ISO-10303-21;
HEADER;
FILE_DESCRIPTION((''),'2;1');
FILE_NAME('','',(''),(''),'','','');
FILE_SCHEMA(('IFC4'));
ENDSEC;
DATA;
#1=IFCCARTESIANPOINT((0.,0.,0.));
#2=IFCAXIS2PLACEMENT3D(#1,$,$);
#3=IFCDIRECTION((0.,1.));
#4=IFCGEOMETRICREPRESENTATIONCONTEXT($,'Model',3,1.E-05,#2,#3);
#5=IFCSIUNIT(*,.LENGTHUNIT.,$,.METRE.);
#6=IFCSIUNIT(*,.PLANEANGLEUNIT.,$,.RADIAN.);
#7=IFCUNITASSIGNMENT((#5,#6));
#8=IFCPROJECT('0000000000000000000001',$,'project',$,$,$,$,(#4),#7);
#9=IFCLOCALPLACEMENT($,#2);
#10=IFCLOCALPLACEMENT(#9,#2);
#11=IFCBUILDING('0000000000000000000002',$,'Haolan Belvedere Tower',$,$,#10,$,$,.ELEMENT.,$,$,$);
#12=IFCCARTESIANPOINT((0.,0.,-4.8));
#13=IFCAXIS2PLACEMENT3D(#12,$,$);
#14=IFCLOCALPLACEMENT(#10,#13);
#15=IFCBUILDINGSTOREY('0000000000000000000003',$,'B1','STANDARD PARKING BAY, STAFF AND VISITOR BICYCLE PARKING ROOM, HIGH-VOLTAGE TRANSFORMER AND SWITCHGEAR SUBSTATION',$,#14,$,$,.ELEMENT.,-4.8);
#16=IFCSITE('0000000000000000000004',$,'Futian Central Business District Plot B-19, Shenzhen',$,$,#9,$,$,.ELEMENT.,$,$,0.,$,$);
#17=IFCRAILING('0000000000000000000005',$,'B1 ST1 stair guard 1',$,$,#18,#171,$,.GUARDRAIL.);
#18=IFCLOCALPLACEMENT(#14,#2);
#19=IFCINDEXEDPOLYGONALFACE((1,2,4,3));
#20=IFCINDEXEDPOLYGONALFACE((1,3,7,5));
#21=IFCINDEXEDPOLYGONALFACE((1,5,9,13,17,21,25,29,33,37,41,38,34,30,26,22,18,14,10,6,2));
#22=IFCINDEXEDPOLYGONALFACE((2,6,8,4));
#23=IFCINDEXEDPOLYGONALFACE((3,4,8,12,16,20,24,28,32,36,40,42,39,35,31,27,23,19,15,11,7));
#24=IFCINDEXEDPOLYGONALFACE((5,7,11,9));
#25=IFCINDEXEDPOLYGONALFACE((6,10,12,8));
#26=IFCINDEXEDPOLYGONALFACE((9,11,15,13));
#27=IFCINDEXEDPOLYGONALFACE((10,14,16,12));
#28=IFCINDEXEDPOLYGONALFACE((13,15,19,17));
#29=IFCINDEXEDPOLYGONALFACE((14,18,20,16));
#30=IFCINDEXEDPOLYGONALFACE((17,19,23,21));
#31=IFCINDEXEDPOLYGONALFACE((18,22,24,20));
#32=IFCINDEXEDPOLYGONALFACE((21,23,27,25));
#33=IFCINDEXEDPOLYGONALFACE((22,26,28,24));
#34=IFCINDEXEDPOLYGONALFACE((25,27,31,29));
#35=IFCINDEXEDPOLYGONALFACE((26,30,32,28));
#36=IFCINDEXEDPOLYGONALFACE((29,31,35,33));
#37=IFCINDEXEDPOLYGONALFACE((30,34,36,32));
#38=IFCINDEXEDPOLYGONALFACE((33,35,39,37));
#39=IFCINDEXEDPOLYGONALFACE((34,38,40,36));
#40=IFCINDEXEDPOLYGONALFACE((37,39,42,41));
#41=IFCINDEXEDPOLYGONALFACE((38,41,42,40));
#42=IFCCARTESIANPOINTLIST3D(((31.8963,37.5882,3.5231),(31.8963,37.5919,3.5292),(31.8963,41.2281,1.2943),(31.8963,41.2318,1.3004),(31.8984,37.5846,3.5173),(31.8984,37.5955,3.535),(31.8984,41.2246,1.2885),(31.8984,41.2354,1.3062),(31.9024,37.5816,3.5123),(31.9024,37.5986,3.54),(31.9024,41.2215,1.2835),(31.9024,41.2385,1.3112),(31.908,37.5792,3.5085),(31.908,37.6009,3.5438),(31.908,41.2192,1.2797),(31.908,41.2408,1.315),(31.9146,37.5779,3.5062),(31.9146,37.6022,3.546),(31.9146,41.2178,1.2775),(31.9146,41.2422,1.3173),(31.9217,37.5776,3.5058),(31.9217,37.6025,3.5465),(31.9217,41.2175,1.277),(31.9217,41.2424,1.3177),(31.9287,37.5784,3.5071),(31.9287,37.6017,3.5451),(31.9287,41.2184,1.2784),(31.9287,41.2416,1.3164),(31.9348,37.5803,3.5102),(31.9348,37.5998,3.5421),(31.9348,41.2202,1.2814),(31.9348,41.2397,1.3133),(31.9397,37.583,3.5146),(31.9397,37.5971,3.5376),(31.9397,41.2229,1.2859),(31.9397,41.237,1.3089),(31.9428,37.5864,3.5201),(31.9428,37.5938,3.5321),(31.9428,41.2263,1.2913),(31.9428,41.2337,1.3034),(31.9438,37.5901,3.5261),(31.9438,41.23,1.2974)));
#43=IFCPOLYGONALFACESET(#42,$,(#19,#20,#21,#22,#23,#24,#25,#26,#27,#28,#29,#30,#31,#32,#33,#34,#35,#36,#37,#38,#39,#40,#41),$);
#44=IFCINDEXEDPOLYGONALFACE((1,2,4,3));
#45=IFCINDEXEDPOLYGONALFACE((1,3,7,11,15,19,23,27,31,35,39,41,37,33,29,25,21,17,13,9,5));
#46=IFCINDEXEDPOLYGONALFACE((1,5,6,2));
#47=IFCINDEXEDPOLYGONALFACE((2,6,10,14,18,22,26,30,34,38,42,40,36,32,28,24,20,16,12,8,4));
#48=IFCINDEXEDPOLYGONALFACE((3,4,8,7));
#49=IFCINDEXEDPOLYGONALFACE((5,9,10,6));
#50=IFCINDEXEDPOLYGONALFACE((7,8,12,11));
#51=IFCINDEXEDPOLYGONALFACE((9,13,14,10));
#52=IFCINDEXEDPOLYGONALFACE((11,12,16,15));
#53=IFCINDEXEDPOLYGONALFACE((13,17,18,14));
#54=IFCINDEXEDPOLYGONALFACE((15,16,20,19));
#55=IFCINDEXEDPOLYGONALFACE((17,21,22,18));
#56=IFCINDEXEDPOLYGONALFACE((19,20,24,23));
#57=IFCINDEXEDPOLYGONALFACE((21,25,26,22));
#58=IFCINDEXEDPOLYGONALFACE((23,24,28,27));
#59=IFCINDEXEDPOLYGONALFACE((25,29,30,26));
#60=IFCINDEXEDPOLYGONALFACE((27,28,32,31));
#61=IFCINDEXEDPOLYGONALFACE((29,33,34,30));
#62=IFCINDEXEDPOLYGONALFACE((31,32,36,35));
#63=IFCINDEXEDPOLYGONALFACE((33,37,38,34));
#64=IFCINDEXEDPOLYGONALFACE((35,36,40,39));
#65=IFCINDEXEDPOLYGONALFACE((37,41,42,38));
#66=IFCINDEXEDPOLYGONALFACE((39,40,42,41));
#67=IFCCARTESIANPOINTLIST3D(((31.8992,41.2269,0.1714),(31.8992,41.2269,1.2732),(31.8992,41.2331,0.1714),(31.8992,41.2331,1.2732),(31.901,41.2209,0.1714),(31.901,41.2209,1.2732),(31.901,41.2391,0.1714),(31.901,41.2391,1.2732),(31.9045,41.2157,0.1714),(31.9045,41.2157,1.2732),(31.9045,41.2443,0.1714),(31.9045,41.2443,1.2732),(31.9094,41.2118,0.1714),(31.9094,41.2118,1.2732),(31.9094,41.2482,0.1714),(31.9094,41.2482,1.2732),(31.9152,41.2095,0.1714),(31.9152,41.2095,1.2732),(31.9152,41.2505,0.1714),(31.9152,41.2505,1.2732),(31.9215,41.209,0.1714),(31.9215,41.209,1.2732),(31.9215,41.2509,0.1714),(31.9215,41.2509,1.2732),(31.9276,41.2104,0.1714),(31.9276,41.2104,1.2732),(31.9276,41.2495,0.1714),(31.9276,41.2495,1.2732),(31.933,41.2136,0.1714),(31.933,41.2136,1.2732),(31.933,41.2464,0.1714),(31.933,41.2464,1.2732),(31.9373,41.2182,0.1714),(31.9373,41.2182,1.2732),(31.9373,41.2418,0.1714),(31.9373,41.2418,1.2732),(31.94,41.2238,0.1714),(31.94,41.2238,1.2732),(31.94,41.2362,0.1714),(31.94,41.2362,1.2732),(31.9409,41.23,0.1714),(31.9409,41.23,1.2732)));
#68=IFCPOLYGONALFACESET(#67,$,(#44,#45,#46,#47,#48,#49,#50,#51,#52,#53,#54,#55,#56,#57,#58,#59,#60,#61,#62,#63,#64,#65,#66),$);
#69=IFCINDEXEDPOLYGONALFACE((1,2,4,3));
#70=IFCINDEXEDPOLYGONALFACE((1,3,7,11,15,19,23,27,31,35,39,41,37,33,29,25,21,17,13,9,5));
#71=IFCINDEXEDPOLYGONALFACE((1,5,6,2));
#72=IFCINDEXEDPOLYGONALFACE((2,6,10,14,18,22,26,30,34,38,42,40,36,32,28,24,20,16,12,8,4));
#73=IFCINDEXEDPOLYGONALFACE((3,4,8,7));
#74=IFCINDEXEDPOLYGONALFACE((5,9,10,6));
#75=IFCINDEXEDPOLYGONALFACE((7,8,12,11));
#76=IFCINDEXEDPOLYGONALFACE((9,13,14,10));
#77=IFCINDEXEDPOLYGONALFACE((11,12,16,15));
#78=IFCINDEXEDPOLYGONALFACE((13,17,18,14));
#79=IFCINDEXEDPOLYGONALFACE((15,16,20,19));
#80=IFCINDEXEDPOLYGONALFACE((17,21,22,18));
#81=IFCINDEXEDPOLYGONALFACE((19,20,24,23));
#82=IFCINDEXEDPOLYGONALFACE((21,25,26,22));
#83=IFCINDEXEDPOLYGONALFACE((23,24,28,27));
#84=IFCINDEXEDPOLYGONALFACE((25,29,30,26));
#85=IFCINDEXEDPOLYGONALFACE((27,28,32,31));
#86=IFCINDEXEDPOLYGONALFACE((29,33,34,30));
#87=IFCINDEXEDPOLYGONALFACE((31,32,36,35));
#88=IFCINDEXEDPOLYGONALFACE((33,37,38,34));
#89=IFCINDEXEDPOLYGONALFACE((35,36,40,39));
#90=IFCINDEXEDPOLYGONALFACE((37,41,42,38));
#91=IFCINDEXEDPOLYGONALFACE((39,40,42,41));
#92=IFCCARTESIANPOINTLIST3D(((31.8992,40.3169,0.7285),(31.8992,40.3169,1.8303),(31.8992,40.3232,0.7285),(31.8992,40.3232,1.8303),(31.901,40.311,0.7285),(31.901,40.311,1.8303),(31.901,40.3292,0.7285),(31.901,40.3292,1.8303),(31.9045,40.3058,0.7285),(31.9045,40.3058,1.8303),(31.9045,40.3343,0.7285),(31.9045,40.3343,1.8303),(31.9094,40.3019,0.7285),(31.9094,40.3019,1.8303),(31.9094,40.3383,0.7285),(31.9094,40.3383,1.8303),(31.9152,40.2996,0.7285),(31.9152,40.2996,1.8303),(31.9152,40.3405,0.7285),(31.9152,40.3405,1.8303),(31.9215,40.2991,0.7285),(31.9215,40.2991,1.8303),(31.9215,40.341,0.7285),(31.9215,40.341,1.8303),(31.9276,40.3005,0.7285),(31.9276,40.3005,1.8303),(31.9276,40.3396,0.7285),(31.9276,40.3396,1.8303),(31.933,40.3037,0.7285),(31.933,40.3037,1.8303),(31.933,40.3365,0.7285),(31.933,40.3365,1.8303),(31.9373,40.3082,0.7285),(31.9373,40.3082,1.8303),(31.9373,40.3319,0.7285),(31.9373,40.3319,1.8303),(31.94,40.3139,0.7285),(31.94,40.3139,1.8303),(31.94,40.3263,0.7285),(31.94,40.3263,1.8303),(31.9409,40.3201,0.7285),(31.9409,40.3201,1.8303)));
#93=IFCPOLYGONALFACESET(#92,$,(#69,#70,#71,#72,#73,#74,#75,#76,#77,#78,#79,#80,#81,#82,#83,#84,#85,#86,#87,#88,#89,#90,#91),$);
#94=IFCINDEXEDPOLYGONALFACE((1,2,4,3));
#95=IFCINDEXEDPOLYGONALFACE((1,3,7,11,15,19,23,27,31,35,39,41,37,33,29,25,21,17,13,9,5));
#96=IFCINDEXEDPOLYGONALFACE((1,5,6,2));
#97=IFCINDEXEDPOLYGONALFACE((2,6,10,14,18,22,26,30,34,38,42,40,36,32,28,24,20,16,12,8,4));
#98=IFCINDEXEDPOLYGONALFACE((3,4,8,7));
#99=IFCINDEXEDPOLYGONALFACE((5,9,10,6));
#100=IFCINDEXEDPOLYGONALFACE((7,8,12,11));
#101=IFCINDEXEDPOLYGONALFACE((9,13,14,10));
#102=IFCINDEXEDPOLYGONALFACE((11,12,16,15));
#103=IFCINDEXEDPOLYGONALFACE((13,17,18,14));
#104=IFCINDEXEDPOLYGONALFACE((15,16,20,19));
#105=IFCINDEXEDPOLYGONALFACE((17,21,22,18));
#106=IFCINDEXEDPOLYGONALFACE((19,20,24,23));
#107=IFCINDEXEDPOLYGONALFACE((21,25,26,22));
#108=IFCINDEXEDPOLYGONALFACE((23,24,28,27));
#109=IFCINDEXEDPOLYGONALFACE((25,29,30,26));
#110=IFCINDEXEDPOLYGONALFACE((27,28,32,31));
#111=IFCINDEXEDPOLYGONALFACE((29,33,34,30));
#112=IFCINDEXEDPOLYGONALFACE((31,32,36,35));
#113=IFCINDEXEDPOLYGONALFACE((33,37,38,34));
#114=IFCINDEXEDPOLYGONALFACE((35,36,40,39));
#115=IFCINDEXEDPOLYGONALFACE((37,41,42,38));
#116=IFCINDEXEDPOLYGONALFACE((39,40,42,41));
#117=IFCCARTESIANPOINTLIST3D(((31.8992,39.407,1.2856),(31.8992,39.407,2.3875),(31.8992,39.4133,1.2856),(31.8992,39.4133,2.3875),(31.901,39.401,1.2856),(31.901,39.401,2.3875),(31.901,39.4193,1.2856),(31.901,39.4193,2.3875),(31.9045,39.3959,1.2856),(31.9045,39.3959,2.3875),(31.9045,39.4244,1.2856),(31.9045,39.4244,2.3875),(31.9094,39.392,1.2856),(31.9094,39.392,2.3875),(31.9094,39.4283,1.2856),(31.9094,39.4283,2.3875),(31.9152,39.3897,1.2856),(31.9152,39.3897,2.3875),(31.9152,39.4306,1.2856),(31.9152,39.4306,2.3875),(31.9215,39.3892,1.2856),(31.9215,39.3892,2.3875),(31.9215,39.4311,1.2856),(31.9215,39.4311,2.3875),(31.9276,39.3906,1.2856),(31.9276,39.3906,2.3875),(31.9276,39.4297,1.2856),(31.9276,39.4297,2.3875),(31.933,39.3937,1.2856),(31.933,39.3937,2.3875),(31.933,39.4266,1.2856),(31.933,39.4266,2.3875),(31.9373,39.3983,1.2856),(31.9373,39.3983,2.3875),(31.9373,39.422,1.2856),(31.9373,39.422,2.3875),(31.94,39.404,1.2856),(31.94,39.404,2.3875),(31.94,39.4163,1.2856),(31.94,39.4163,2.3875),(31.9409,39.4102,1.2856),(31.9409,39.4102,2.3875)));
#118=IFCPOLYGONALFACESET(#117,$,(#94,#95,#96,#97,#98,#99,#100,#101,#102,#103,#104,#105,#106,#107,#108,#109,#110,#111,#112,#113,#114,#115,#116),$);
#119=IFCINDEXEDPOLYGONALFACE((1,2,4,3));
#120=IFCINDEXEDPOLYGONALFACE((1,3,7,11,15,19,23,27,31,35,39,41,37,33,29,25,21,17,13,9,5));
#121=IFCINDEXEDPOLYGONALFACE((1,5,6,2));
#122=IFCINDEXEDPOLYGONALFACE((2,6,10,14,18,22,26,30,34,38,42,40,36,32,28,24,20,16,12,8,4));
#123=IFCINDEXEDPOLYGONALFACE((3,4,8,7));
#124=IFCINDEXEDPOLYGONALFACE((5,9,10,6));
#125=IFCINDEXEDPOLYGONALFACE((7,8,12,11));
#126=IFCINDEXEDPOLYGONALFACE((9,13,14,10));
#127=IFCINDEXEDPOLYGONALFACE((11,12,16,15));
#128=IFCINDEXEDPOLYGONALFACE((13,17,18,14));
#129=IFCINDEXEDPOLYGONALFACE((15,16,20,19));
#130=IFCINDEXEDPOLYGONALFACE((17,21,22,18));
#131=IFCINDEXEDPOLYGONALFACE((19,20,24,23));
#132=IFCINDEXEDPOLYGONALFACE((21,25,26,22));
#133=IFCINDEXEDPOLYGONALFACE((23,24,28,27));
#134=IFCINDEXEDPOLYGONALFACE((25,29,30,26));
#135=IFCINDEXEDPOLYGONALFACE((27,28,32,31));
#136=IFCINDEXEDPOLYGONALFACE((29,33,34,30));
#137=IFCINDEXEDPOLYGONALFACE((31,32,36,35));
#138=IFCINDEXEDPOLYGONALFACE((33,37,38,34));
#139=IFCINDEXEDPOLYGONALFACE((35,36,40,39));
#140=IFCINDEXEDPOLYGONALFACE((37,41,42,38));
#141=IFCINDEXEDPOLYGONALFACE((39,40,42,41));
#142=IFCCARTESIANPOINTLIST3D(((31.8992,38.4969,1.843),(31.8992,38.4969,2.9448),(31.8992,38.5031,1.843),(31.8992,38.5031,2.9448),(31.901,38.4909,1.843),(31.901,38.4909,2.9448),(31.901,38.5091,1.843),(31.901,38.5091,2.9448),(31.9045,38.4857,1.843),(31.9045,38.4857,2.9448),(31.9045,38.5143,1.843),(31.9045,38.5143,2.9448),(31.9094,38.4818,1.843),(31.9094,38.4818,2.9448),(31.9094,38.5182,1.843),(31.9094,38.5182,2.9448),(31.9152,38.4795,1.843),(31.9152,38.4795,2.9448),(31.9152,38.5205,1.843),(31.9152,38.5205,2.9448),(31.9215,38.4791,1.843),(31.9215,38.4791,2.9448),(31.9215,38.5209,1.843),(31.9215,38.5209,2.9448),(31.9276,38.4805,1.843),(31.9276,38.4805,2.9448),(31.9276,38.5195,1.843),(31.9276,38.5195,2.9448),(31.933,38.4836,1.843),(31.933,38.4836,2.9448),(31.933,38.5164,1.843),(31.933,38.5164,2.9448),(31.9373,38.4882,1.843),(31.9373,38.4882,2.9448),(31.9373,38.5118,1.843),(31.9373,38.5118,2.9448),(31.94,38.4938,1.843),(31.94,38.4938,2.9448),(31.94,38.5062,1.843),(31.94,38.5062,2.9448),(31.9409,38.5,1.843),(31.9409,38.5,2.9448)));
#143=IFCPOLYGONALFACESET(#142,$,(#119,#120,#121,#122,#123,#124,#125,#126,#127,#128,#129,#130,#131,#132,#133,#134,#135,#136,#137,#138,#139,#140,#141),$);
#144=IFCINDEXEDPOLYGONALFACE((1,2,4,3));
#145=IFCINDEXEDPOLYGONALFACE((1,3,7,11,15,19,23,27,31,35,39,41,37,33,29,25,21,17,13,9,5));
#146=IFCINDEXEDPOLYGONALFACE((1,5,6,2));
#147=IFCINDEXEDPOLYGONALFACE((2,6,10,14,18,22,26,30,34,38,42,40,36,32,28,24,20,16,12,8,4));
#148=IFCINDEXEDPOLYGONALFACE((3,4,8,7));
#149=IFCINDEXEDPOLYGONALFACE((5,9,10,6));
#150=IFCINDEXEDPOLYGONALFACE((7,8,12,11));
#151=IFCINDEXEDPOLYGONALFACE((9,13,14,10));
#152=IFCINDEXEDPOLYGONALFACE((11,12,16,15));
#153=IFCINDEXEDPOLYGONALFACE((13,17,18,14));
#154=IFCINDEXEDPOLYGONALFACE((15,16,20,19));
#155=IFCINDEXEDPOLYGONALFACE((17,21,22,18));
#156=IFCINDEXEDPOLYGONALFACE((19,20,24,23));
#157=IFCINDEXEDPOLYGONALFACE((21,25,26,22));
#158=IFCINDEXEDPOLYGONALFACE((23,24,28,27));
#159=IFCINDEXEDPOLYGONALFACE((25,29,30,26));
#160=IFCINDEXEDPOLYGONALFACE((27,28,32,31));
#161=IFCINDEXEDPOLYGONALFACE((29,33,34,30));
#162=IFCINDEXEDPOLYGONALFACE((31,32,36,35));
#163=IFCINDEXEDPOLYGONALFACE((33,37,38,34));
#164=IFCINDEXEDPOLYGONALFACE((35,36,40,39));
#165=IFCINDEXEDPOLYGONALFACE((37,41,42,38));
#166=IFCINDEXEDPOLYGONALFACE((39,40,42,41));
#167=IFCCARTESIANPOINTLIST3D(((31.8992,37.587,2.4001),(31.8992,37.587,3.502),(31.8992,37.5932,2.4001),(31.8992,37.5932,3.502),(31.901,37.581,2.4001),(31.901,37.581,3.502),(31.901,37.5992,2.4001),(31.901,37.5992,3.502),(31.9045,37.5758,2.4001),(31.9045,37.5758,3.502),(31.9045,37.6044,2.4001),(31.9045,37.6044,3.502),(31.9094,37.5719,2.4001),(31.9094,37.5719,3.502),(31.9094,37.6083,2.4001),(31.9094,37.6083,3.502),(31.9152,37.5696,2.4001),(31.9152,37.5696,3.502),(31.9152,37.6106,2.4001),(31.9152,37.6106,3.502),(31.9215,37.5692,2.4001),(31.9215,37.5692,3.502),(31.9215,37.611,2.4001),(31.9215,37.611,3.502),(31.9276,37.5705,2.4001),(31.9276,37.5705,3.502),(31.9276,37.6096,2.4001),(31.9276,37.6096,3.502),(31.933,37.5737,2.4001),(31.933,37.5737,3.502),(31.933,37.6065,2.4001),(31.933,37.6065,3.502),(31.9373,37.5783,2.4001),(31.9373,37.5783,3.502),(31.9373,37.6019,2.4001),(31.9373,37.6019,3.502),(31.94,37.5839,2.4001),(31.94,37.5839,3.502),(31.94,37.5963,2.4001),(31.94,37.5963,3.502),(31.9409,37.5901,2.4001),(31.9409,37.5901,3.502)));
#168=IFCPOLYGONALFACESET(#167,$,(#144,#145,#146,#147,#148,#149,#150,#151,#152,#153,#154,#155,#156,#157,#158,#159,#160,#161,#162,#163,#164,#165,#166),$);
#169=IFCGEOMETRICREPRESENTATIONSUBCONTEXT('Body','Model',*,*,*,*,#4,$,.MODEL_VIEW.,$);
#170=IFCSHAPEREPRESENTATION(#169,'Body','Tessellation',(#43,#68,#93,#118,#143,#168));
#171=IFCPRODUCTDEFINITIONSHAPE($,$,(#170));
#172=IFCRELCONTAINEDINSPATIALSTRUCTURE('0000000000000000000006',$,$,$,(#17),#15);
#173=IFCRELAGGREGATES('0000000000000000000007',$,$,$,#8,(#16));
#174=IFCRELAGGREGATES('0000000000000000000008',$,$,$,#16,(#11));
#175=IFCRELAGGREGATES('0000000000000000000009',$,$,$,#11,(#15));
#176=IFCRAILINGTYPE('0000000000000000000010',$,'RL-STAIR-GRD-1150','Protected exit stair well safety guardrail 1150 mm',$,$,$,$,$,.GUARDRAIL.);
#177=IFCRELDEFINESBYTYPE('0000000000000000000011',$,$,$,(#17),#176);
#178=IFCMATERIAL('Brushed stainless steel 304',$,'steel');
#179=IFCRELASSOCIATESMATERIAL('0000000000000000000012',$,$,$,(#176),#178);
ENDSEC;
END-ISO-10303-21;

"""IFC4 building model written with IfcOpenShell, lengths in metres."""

from ifc_helpers import new_model, si_unit, direction, frame, origin, origin_2d, place, context, subcontext, project, spatial, circle, extrude, material, type_object, element, save


model = new_model("IFC4")

# Units and contexts
model_context = context("Model", 3, precision=1e-05, world=origin(), true_north=direction((0.0, 1.0)))
body_context = subcontext(model_context, "Body", "Model", "MODEL_VIEW")
ifc_project = project(units=[si_unit("LENGTHUNIT", "METRE"), si_unit("PLANEANGLEUNIT", "RADIAN")], contexts=[model_context])

# Site, building, storey
site_placement = place(None, origin())
site = spatial("IfcSite", under=ifc_project, at=site_placement, Name="Futian Central Business District Plot B-19, Shenzhen", CompositionType="ELEMENT", RefElevation=0.0)
building_placement = place(site_placement, origin())
building = spatial("IfcBuilding", under=site, at=building_placement, Name="Haolan Belvedere Tower", CompositionType="ELEMENT")
storey_placement = place(building_placement, frame((0.0, 0.0, -4.8)))
storey = spatial("IfcBuildingStorey", under=building, at=storey_placement, Name="B1", Description="STANDARD PARKING BAY, STAFF AND VISITOR BICYCLE PARKING ROOM, HIGH-VOLTAGE TRANSFORMER AND SWITCHGEAR SUBSTATION", CompositionType="ELEMENT", Elevation=-4.8)

# Railing
ifc_material_1 = material(Name="Brushed stainless steel 304", Category="steel")
railing_type_1 = type_object("IfcRailingType", Name="RL-STAIR-GRD-1150", Description="Protected exit stair well safety guardrail 1150 mm", PredefinedType="GUARDRAIL", material=ifc_material_1)
railing_1_placement = place(storey_placement, frame((31.9199, 41.23, 0.1714)))
element("IfcRailing", 1, at=railing_1_placement, inside=storey, type_object=railing_type_1, Name="B1 ST1 stair guard 1", PredefinedType="GUARDRAIL", context=body_context, shape_type="SweptSolid", body=[
    extrude(circle(Radius=0.0239, at=origin_2d()), frame((0.0, 0.0, 1.126), z_axis=(0.0, -0.852825, 0.522197), x_axis=(1.0, 0.0, 0.0)), (0.0, 0.0, 1.0), 4.2681),
    extrude(circle(Radius=0.021, at=origin_2d()), origin(), (0.0, 0.0, 1.0), 1.1018),
    extrude(circle(Radius=0.021, at=origin_2d()), frame((0.0, -0.9099, 0.5571)), (0.0, 0.0, 1.0), 1.1018),
    extrude(circle(Radius=0.021, at=origin_2d()), frame((0.0, -1.8198, 1.1143)), (0.0, 0.0, 1.0), 1.1018),
    extrude(circle(Radius=0.021, at=origin_2d()), frame((0.0, -2.73, 1.6716)), (0.0, 0.0, 1.0), 1.1018),
    extrude(circle(Radius=0.021, at=origin_2d()), frame((0.0, -3.6399, 2.2288)), (0.0, 0.0, 1.0), 1.1018),
])

save(model, "model.ifc")
